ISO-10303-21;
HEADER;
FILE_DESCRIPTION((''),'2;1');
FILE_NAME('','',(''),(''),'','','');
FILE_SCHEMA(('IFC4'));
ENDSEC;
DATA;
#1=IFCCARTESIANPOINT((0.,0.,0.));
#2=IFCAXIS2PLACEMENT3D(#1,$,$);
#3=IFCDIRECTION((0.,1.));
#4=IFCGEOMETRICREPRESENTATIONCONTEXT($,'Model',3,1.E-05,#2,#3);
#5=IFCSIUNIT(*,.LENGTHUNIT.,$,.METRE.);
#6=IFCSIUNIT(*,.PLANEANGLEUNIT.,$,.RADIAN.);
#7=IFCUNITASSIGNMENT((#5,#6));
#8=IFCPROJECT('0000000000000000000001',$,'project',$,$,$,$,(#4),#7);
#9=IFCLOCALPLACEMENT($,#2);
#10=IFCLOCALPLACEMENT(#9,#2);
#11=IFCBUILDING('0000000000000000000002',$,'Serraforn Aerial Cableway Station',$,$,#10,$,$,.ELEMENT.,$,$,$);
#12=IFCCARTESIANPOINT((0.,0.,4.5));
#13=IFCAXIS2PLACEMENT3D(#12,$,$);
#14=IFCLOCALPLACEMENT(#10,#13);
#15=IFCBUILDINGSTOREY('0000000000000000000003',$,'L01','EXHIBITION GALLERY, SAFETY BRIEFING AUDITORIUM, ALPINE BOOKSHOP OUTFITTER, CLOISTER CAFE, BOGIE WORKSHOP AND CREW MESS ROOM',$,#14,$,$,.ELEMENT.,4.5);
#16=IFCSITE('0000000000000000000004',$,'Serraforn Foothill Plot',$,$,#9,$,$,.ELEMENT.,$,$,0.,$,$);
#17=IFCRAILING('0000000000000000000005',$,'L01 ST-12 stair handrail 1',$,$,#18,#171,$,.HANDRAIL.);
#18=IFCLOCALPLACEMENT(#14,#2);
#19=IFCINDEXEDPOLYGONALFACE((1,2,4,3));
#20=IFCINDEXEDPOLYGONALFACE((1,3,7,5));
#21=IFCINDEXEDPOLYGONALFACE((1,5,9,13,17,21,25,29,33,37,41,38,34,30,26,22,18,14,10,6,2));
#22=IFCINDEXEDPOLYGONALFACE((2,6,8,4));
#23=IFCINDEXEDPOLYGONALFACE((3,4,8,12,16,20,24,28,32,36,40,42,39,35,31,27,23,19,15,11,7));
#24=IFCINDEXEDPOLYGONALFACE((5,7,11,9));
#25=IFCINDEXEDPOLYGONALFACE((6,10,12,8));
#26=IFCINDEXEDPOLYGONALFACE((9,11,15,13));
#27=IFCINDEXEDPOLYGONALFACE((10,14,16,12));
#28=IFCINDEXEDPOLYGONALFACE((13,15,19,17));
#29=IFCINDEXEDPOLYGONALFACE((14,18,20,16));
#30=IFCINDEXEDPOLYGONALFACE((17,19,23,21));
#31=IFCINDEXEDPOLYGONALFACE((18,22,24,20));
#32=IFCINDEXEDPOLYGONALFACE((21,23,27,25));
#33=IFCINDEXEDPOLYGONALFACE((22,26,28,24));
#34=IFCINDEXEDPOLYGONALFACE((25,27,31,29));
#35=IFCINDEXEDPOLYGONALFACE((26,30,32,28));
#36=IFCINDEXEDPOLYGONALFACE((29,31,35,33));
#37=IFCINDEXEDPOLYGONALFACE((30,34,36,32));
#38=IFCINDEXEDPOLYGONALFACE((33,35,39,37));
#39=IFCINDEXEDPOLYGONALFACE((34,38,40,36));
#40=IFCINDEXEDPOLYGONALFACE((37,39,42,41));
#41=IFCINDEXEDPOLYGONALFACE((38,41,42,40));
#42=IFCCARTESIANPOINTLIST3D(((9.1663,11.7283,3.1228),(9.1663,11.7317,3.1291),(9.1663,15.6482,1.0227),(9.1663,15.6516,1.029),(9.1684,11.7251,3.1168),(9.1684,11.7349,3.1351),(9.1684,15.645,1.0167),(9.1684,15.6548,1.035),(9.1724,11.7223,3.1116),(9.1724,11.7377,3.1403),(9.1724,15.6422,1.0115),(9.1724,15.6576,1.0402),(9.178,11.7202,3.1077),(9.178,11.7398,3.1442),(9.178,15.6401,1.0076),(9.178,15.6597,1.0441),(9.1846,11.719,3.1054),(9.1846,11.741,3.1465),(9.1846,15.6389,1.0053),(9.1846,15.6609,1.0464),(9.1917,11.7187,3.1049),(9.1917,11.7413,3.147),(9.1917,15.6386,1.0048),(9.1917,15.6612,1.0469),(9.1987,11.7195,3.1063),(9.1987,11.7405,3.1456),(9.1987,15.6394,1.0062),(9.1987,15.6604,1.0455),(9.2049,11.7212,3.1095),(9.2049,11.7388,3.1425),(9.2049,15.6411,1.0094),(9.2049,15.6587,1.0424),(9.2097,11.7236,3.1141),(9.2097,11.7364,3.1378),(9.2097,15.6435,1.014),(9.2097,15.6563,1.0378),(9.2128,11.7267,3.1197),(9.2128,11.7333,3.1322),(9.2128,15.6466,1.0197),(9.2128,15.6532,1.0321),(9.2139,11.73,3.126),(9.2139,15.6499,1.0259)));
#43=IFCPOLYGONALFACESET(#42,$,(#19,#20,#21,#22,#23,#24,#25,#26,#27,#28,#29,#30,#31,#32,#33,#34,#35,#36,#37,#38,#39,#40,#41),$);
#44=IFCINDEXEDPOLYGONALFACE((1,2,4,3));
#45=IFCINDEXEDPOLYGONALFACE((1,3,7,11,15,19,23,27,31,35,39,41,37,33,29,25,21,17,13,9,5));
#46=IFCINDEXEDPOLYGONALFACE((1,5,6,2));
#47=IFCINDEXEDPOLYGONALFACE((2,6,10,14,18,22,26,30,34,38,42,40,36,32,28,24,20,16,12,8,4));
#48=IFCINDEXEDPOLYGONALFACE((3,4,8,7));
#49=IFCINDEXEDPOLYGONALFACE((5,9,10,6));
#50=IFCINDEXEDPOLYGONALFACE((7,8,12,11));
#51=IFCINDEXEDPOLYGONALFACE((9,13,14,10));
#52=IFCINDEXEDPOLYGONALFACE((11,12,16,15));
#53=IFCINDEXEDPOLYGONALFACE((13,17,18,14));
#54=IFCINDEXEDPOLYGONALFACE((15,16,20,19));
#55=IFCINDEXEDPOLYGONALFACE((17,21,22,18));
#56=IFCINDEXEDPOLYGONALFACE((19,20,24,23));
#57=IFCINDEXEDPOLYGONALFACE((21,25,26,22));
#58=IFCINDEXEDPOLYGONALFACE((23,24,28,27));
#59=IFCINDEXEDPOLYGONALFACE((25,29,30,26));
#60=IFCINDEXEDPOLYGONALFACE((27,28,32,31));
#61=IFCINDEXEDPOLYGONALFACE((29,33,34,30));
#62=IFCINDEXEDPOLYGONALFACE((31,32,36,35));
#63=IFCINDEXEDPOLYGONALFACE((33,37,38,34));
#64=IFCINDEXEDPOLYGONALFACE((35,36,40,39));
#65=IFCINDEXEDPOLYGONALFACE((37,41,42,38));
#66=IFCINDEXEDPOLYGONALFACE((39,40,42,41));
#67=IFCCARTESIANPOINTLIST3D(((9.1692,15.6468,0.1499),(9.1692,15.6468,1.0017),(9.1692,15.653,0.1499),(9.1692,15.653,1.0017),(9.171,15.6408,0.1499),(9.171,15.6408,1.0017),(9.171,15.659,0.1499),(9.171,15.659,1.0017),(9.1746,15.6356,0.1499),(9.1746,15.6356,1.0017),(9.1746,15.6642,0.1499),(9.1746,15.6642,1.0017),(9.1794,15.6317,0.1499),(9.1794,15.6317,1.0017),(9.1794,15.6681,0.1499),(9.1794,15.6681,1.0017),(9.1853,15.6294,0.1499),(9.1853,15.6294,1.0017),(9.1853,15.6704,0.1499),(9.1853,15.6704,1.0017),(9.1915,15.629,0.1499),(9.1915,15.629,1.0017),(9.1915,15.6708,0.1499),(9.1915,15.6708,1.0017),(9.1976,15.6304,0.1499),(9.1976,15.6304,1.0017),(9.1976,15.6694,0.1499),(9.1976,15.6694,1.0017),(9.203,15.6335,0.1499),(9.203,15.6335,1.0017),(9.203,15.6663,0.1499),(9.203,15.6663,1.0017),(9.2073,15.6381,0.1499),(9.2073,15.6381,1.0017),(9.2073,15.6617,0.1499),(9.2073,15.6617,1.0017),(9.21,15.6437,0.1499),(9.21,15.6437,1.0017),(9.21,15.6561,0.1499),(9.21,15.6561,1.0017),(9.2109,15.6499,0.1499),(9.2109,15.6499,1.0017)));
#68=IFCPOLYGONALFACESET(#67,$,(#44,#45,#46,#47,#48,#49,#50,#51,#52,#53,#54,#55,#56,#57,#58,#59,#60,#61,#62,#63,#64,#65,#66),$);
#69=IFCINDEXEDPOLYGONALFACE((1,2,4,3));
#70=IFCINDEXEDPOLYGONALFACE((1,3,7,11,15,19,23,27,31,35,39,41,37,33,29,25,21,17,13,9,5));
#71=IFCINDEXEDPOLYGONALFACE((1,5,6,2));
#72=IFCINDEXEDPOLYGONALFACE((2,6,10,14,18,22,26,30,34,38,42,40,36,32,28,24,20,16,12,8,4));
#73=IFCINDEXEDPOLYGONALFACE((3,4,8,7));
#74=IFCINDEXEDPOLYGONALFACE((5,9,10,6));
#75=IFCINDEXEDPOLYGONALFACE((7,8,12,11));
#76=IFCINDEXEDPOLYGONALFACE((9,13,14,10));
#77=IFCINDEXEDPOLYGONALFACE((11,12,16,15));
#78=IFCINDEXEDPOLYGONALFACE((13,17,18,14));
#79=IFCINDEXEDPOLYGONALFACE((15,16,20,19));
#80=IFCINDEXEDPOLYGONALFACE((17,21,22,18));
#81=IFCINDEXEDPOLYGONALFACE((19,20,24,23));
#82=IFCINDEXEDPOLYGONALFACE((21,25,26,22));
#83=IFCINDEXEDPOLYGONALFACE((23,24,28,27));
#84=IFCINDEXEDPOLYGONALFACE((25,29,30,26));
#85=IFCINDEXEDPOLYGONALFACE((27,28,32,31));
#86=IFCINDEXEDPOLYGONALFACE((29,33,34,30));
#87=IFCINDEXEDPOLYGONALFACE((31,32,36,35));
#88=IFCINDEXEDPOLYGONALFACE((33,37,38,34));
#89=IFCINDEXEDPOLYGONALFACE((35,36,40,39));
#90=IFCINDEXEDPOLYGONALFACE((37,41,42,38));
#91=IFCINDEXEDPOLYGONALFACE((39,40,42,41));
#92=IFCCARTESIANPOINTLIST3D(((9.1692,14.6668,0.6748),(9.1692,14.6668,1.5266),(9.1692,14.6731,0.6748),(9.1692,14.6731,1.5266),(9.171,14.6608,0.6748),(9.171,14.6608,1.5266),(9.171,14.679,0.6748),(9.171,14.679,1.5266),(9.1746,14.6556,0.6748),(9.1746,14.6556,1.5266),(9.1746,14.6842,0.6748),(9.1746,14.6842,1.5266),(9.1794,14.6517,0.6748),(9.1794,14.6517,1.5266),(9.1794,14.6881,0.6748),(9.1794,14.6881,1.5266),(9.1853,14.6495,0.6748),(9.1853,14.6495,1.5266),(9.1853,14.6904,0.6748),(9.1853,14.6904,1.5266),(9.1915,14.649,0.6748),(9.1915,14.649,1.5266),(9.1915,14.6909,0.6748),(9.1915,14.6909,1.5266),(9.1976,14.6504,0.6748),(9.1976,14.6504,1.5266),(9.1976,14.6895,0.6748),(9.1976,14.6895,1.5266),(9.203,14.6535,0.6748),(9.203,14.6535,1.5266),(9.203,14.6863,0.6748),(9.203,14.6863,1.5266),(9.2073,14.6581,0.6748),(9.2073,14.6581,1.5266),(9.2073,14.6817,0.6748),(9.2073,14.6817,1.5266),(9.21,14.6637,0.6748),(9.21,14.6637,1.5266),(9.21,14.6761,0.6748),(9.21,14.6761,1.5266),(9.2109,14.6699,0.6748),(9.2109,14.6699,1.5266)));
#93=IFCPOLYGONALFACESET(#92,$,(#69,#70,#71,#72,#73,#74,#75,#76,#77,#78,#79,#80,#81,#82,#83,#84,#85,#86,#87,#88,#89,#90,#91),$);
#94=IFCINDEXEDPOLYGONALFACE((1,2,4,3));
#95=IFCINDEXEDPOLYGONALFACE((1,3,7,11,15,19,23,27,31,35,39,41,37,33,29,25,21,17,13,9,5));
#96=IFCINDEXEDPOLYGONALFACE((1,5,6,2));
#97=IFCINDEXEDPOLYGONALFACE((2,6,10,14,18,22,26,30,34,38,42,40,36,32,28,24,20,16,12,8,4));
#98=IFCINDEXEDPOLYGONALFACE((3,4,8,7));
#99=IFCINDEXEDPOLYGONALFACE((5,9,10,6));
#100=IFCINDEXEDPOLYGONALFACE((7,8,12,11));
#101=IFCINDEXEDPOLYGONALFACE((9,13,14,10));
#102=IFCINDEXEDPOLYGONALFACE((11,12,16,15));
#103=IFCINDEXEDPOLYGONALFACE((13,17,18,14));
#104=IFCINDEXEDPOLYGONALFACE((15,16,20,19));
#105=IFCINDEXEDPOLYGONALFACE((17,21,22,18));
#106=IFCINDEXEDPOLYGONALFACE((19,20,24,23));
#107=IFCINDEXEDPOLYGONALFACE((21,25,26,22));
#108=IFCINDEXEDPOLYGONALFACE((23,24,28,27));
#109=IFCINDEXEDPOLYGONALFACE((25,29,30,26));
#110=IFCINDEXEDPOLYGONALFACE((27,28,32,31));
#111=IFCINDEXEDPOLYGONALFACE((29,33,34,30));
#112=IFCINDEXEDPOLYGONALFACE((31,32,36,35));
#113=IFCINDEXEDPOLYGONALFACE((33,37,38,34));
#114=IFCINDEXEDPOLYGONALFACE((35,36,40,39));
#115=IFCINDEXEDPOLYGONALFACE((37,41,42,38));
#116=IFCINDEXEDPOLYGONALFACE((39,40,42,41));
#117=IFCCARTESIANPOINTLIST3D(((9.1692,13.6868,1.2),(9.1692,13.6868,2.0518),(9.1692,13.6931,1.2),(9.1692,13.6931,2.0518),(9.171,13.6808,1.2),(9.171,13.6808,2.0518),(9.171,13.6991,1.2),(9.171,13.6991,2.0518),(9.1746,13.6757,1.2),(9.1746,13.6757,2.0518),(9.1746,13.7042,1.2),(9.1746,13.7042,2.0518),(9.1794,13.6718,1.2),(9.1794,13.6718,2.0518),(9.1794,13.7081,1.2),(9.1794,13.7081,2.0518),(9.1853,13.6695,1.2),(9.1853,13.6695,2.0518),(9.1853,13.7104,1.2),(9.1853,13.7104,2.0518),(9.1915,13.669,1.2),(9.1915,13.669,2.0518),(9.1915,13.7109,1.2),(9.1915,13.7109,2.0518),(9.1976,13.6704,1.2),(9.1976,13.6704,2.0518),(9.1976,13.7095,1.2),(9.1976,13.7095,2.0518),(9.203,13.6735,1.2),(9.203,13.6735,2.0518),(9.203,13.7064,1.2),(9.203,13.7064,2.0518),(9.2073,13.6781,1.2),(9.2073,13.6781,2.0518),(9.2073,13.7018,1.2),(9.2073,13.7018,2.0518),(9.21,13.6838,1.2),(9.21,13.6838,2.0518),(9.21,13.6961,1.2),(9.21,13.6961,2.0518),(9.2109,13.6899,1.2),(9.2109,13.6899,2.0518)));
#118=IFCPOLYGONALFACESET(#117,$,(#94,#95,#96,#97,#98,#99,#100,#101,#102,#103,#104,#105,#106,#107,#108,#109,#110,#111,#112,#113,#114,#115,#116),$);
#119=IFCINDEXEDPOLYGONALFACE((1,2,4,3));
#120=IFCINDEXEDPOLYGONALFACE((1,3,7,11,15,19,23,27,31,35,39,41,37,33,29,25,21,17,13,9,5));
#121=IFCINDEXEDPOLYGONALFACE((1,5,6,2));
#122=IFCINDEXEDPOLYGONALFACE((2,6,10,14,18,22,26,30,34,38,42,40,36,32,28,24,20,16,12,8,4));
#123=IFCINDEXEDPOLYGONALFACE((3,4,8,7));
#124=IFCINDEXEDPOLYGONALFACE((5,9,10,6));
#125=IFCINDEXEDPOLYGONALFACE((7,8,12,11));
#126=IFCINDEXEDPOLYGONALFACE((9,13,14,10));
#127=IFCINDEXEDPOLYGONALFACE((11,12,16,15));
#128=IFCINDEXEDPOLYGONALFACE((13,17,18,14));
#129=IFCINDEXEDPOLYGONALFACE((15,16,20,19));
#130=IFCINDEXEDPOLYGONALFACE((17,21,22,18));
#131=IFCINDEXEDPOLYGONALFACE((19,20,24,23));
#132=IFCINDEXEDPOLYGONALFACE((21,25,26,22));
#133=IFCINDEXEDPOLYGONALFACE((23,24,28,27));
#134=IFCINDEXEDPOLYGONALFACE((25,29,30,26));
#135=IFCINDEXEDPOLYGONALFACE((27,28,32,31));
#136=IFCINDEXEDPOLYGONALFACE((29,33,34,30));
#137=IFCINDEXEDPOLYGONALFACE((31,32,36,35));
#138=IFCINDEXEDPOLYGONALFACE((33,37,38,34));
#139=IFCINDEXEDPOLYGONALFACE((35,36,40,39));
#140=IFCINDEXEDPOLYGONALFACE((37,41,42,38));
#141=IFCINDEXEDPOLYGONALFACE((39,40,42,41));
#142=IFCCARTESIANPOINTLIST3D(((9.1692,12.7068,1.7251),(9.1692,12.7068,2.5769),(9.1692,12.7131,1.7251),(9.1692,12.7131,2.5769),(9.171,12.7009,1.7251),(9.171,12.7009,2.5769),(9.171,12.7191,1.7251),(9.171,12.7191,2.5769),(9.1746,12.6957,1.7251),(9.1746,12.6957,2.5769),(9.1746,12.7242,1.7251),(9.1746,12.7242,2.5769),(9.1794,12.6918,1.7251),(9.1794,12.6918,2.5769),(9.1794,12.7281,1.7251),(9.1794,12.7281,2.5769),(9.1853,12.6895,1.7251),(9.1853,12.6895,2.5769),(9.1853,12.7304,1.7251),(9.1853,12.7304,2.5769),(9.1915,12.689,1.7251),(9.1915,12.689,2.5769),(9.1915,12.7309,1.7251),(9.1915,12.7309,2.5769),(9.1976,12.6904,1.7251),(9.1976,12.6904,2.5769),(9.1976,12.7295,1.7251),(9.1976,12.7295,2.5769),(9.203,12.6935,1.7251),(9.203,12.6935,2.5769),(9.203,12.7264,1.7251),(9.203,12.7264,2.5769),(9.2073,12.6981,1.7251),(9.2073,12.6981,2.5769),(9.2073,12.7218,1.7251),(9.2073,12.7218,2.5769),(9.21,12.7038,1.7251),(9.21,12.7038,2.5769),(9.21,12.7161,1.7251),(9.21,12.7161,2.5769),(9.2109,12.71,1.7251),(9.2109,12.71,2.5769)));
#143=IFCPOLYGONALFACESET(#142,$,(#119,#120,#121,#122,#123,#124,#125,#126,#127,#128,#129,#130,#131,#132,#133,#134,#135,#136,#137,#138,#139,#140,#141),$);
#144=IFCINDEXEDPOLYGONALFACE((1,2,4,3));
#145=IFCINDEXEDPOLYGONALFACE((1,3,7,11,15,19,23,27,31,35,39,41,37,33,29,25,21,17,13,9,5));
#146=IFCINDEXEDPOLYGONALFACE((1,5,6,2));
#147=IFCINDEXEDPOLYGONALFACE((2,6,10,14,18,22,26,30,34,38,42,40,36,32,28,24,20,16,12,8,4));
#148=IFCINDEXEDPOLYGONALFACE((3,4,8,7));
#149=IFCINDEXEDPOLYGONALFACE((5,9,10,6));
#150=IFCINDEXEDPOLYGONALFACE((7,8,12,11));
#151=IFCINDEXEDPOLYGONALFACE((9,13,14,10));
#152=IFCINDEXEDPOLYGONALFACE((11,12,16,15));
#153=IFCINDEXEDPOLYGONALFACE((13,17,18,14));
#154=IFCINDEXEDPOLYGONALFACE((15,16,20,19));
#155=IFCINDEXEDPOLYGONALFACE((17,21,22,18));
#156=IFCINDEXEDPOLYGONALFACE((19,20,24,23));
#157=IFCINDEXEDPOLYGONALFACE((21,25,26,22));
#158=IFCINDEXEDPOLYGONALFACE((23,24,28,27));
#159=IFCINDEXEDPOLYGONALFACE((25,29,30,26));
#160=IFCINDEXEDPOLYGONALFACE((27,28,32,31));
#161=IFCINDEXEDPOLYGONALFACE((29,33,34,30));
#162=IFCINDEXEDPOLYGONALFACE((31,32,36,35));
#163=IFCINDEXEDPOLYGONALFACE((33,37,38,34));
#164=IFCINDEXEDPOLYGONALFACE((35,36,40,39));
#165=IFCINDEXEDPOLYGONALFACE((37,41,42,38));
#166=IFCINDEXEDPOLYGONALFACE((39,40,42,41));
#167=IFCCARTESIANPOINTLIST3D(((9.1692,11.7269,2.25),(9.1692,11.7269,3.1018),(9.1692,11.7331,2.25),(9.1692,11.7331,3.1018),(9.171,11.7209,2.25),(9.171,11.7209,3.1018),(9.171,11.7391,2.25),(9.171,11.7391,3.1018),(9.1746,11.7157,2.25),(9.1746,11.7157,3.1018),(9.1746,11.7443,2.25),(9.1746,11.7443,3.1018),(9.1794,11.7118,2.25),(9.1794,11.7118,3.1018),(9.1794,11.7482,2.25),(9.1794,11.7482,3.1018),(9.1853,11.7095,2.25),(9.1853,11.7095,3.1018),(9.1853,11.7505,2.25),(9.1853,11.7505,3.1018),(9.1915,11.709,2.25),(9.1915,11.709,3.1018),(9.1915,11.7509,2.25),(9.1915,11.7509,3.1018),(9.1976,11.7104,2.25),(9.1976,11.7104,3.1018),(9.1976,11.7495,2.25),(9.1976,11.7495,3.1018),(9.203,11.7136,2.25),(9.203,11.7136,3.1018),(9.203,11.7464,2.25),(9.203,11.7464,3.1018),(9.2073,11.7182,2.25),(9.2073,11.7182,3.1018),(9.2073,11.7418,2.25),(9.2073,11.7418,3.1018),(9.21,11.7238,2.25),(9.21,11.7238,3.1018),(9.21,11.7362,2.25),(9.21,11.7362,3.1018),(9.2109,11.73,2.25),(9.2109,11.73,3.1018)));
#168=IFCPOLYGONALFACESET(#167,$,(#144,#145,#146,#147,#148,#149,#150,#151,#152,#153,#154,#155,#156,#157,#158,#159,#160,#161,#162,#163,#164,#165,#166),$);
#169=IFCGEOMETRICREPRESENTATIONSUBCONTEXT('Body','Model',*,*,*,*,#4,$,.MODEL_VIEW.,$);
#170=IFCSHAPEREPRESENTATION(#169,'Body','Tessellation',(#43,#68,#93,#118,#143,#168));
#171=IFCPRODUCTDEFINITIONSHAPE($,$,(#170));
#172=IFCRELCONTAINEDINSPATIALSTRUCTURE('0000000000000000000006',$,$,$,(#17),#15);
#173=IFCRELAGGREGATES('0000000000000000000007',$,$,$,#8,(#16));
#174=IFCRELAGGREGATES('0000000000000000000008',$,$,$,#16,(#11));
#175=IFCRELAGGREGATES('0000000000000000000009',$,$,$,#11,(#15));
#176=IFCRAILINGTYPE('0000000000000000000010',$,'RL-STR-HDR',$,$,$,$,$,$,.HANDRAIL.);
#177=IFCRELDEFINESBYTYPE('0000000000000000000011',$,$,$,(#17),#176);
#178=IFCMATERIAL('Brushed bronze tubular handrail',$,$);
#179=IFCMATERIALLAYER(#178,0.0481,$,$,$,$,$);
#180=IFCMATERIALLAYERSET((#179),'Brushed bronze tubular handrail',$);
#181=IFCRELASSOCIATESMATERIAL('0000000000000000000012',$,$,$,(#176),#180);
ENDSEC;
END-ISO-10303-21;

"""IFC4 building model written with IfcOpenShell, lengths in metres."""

from ifc_helpers import new_model, si_unit, direction, frame, origin, origin_2d, place, context, subcontext, project, spatial, circle, extrude, material, layer, layer_set, type_object, element, save


model = new_model("IFC4")

# Units and contexts
model_context = context("Model", 3, precision=1e-05, world=origin(), true_north=direction((0.0, 1.0)))
body_context = subcontext(model_context, "Body", "Model", "MODEL_VIEW")
ifc_project = project(units=[si_unit("LENGTHUNIT", "METRE"), si_unit("PLANEANGLEUNIT", "RADIAN")], contexts=[model_context])

# Site, building, storey
site_placement = place(None, origin())
site = spatial("IfcSite", under=ifc_project, at=site_placement, Name="Serraforn Foothill Plot", CompositionType="ELEMENT", RefElevation=0.0)
building_placement = place(site_placement, origin())
building = spatial("IfcBuilding", under=site, at=building_placement, Name="Serraforn Aerial Cableway Station", CompositionType="ELEMENT")
storey_placement = place(building_placement, frame((0.0, 0.0, 4.5)))
storey = spatial("IfcBuildingStorey", under=building, at=storey_placement, Name="L01", Description="EXHIBITION GALLERY, SAFETY BRIEFING AUDITORIUM, ALPINE BOOKSHOP OUTFITTER, CLOISTER CAFE, BOGIE WORKSHOP AND CREW MESS ROOM", CompositionType="ELEMENT", Elevation=4.5)

# Railing
ifc_material_1 = material(Name="Brushed bronze tubular handrail")
ifc_layer_1 = layer(ifc_material_1, 0.0481)
ifc_layer_set_1 = layer_set([ifc_layer_1], Name="Brushed bronze tubular handrail")
railing_type_1 = type_object("IfcRailingType", Name="RL-STR-HDR", PredefinedType="HANDRAIL", material=ifc_layer_set_1)
railing_1_placement = place(storey_placement, frame((9.1899, 15.6499, 0.1499)))
element("IfcRailing", 1, at=railing_1_placement, inside=storey, type_object=railing_type_1, Name="L01 ST-12 stair handrail 1", PredefinedType="HANDRAIL", context=body_context, shape_type="SweptSolid", body=[
    extrude(circle(Radius=0.0239, at=origin_2d()), frame((0.0, 0.0, 0.876), z_axis=(0.0, -0.881467, 0.472246), x_axis=(1.0, 0.0, 0.0)), (0.0, 0.0, 1.0), 4.447),
    extrude(circle(Radius=0.021, at=origin_2d()), origin(), (0.0, 0.0, 1.0), 0.8518),
    extrude(circle(Radius=0.021, at=origin_2d()), frame((0.0, -0.98, 0.5249)), (0.0, 0.0, 1.0), 0.8518),
    extrude(circle(Radius=0.021, at=origin_2d()), frame((0.0, -1.96, 1.05)), (0.0, 0.0, 1.0), 0.8518),
    extrude(circle(Radius=0.021, at=origin_2d()), frame((0.0, -2.9399, 1.5752)), (0.0, 0.0, 1.0), 0.8518),
    extrude(circle(Radius=0.021, at=origin_2d()), frame((0.0, -3.9199, 2.1001)), (0.0, 0.0, 1.0), 0.8518),
])

save(model, "model.ifc")
